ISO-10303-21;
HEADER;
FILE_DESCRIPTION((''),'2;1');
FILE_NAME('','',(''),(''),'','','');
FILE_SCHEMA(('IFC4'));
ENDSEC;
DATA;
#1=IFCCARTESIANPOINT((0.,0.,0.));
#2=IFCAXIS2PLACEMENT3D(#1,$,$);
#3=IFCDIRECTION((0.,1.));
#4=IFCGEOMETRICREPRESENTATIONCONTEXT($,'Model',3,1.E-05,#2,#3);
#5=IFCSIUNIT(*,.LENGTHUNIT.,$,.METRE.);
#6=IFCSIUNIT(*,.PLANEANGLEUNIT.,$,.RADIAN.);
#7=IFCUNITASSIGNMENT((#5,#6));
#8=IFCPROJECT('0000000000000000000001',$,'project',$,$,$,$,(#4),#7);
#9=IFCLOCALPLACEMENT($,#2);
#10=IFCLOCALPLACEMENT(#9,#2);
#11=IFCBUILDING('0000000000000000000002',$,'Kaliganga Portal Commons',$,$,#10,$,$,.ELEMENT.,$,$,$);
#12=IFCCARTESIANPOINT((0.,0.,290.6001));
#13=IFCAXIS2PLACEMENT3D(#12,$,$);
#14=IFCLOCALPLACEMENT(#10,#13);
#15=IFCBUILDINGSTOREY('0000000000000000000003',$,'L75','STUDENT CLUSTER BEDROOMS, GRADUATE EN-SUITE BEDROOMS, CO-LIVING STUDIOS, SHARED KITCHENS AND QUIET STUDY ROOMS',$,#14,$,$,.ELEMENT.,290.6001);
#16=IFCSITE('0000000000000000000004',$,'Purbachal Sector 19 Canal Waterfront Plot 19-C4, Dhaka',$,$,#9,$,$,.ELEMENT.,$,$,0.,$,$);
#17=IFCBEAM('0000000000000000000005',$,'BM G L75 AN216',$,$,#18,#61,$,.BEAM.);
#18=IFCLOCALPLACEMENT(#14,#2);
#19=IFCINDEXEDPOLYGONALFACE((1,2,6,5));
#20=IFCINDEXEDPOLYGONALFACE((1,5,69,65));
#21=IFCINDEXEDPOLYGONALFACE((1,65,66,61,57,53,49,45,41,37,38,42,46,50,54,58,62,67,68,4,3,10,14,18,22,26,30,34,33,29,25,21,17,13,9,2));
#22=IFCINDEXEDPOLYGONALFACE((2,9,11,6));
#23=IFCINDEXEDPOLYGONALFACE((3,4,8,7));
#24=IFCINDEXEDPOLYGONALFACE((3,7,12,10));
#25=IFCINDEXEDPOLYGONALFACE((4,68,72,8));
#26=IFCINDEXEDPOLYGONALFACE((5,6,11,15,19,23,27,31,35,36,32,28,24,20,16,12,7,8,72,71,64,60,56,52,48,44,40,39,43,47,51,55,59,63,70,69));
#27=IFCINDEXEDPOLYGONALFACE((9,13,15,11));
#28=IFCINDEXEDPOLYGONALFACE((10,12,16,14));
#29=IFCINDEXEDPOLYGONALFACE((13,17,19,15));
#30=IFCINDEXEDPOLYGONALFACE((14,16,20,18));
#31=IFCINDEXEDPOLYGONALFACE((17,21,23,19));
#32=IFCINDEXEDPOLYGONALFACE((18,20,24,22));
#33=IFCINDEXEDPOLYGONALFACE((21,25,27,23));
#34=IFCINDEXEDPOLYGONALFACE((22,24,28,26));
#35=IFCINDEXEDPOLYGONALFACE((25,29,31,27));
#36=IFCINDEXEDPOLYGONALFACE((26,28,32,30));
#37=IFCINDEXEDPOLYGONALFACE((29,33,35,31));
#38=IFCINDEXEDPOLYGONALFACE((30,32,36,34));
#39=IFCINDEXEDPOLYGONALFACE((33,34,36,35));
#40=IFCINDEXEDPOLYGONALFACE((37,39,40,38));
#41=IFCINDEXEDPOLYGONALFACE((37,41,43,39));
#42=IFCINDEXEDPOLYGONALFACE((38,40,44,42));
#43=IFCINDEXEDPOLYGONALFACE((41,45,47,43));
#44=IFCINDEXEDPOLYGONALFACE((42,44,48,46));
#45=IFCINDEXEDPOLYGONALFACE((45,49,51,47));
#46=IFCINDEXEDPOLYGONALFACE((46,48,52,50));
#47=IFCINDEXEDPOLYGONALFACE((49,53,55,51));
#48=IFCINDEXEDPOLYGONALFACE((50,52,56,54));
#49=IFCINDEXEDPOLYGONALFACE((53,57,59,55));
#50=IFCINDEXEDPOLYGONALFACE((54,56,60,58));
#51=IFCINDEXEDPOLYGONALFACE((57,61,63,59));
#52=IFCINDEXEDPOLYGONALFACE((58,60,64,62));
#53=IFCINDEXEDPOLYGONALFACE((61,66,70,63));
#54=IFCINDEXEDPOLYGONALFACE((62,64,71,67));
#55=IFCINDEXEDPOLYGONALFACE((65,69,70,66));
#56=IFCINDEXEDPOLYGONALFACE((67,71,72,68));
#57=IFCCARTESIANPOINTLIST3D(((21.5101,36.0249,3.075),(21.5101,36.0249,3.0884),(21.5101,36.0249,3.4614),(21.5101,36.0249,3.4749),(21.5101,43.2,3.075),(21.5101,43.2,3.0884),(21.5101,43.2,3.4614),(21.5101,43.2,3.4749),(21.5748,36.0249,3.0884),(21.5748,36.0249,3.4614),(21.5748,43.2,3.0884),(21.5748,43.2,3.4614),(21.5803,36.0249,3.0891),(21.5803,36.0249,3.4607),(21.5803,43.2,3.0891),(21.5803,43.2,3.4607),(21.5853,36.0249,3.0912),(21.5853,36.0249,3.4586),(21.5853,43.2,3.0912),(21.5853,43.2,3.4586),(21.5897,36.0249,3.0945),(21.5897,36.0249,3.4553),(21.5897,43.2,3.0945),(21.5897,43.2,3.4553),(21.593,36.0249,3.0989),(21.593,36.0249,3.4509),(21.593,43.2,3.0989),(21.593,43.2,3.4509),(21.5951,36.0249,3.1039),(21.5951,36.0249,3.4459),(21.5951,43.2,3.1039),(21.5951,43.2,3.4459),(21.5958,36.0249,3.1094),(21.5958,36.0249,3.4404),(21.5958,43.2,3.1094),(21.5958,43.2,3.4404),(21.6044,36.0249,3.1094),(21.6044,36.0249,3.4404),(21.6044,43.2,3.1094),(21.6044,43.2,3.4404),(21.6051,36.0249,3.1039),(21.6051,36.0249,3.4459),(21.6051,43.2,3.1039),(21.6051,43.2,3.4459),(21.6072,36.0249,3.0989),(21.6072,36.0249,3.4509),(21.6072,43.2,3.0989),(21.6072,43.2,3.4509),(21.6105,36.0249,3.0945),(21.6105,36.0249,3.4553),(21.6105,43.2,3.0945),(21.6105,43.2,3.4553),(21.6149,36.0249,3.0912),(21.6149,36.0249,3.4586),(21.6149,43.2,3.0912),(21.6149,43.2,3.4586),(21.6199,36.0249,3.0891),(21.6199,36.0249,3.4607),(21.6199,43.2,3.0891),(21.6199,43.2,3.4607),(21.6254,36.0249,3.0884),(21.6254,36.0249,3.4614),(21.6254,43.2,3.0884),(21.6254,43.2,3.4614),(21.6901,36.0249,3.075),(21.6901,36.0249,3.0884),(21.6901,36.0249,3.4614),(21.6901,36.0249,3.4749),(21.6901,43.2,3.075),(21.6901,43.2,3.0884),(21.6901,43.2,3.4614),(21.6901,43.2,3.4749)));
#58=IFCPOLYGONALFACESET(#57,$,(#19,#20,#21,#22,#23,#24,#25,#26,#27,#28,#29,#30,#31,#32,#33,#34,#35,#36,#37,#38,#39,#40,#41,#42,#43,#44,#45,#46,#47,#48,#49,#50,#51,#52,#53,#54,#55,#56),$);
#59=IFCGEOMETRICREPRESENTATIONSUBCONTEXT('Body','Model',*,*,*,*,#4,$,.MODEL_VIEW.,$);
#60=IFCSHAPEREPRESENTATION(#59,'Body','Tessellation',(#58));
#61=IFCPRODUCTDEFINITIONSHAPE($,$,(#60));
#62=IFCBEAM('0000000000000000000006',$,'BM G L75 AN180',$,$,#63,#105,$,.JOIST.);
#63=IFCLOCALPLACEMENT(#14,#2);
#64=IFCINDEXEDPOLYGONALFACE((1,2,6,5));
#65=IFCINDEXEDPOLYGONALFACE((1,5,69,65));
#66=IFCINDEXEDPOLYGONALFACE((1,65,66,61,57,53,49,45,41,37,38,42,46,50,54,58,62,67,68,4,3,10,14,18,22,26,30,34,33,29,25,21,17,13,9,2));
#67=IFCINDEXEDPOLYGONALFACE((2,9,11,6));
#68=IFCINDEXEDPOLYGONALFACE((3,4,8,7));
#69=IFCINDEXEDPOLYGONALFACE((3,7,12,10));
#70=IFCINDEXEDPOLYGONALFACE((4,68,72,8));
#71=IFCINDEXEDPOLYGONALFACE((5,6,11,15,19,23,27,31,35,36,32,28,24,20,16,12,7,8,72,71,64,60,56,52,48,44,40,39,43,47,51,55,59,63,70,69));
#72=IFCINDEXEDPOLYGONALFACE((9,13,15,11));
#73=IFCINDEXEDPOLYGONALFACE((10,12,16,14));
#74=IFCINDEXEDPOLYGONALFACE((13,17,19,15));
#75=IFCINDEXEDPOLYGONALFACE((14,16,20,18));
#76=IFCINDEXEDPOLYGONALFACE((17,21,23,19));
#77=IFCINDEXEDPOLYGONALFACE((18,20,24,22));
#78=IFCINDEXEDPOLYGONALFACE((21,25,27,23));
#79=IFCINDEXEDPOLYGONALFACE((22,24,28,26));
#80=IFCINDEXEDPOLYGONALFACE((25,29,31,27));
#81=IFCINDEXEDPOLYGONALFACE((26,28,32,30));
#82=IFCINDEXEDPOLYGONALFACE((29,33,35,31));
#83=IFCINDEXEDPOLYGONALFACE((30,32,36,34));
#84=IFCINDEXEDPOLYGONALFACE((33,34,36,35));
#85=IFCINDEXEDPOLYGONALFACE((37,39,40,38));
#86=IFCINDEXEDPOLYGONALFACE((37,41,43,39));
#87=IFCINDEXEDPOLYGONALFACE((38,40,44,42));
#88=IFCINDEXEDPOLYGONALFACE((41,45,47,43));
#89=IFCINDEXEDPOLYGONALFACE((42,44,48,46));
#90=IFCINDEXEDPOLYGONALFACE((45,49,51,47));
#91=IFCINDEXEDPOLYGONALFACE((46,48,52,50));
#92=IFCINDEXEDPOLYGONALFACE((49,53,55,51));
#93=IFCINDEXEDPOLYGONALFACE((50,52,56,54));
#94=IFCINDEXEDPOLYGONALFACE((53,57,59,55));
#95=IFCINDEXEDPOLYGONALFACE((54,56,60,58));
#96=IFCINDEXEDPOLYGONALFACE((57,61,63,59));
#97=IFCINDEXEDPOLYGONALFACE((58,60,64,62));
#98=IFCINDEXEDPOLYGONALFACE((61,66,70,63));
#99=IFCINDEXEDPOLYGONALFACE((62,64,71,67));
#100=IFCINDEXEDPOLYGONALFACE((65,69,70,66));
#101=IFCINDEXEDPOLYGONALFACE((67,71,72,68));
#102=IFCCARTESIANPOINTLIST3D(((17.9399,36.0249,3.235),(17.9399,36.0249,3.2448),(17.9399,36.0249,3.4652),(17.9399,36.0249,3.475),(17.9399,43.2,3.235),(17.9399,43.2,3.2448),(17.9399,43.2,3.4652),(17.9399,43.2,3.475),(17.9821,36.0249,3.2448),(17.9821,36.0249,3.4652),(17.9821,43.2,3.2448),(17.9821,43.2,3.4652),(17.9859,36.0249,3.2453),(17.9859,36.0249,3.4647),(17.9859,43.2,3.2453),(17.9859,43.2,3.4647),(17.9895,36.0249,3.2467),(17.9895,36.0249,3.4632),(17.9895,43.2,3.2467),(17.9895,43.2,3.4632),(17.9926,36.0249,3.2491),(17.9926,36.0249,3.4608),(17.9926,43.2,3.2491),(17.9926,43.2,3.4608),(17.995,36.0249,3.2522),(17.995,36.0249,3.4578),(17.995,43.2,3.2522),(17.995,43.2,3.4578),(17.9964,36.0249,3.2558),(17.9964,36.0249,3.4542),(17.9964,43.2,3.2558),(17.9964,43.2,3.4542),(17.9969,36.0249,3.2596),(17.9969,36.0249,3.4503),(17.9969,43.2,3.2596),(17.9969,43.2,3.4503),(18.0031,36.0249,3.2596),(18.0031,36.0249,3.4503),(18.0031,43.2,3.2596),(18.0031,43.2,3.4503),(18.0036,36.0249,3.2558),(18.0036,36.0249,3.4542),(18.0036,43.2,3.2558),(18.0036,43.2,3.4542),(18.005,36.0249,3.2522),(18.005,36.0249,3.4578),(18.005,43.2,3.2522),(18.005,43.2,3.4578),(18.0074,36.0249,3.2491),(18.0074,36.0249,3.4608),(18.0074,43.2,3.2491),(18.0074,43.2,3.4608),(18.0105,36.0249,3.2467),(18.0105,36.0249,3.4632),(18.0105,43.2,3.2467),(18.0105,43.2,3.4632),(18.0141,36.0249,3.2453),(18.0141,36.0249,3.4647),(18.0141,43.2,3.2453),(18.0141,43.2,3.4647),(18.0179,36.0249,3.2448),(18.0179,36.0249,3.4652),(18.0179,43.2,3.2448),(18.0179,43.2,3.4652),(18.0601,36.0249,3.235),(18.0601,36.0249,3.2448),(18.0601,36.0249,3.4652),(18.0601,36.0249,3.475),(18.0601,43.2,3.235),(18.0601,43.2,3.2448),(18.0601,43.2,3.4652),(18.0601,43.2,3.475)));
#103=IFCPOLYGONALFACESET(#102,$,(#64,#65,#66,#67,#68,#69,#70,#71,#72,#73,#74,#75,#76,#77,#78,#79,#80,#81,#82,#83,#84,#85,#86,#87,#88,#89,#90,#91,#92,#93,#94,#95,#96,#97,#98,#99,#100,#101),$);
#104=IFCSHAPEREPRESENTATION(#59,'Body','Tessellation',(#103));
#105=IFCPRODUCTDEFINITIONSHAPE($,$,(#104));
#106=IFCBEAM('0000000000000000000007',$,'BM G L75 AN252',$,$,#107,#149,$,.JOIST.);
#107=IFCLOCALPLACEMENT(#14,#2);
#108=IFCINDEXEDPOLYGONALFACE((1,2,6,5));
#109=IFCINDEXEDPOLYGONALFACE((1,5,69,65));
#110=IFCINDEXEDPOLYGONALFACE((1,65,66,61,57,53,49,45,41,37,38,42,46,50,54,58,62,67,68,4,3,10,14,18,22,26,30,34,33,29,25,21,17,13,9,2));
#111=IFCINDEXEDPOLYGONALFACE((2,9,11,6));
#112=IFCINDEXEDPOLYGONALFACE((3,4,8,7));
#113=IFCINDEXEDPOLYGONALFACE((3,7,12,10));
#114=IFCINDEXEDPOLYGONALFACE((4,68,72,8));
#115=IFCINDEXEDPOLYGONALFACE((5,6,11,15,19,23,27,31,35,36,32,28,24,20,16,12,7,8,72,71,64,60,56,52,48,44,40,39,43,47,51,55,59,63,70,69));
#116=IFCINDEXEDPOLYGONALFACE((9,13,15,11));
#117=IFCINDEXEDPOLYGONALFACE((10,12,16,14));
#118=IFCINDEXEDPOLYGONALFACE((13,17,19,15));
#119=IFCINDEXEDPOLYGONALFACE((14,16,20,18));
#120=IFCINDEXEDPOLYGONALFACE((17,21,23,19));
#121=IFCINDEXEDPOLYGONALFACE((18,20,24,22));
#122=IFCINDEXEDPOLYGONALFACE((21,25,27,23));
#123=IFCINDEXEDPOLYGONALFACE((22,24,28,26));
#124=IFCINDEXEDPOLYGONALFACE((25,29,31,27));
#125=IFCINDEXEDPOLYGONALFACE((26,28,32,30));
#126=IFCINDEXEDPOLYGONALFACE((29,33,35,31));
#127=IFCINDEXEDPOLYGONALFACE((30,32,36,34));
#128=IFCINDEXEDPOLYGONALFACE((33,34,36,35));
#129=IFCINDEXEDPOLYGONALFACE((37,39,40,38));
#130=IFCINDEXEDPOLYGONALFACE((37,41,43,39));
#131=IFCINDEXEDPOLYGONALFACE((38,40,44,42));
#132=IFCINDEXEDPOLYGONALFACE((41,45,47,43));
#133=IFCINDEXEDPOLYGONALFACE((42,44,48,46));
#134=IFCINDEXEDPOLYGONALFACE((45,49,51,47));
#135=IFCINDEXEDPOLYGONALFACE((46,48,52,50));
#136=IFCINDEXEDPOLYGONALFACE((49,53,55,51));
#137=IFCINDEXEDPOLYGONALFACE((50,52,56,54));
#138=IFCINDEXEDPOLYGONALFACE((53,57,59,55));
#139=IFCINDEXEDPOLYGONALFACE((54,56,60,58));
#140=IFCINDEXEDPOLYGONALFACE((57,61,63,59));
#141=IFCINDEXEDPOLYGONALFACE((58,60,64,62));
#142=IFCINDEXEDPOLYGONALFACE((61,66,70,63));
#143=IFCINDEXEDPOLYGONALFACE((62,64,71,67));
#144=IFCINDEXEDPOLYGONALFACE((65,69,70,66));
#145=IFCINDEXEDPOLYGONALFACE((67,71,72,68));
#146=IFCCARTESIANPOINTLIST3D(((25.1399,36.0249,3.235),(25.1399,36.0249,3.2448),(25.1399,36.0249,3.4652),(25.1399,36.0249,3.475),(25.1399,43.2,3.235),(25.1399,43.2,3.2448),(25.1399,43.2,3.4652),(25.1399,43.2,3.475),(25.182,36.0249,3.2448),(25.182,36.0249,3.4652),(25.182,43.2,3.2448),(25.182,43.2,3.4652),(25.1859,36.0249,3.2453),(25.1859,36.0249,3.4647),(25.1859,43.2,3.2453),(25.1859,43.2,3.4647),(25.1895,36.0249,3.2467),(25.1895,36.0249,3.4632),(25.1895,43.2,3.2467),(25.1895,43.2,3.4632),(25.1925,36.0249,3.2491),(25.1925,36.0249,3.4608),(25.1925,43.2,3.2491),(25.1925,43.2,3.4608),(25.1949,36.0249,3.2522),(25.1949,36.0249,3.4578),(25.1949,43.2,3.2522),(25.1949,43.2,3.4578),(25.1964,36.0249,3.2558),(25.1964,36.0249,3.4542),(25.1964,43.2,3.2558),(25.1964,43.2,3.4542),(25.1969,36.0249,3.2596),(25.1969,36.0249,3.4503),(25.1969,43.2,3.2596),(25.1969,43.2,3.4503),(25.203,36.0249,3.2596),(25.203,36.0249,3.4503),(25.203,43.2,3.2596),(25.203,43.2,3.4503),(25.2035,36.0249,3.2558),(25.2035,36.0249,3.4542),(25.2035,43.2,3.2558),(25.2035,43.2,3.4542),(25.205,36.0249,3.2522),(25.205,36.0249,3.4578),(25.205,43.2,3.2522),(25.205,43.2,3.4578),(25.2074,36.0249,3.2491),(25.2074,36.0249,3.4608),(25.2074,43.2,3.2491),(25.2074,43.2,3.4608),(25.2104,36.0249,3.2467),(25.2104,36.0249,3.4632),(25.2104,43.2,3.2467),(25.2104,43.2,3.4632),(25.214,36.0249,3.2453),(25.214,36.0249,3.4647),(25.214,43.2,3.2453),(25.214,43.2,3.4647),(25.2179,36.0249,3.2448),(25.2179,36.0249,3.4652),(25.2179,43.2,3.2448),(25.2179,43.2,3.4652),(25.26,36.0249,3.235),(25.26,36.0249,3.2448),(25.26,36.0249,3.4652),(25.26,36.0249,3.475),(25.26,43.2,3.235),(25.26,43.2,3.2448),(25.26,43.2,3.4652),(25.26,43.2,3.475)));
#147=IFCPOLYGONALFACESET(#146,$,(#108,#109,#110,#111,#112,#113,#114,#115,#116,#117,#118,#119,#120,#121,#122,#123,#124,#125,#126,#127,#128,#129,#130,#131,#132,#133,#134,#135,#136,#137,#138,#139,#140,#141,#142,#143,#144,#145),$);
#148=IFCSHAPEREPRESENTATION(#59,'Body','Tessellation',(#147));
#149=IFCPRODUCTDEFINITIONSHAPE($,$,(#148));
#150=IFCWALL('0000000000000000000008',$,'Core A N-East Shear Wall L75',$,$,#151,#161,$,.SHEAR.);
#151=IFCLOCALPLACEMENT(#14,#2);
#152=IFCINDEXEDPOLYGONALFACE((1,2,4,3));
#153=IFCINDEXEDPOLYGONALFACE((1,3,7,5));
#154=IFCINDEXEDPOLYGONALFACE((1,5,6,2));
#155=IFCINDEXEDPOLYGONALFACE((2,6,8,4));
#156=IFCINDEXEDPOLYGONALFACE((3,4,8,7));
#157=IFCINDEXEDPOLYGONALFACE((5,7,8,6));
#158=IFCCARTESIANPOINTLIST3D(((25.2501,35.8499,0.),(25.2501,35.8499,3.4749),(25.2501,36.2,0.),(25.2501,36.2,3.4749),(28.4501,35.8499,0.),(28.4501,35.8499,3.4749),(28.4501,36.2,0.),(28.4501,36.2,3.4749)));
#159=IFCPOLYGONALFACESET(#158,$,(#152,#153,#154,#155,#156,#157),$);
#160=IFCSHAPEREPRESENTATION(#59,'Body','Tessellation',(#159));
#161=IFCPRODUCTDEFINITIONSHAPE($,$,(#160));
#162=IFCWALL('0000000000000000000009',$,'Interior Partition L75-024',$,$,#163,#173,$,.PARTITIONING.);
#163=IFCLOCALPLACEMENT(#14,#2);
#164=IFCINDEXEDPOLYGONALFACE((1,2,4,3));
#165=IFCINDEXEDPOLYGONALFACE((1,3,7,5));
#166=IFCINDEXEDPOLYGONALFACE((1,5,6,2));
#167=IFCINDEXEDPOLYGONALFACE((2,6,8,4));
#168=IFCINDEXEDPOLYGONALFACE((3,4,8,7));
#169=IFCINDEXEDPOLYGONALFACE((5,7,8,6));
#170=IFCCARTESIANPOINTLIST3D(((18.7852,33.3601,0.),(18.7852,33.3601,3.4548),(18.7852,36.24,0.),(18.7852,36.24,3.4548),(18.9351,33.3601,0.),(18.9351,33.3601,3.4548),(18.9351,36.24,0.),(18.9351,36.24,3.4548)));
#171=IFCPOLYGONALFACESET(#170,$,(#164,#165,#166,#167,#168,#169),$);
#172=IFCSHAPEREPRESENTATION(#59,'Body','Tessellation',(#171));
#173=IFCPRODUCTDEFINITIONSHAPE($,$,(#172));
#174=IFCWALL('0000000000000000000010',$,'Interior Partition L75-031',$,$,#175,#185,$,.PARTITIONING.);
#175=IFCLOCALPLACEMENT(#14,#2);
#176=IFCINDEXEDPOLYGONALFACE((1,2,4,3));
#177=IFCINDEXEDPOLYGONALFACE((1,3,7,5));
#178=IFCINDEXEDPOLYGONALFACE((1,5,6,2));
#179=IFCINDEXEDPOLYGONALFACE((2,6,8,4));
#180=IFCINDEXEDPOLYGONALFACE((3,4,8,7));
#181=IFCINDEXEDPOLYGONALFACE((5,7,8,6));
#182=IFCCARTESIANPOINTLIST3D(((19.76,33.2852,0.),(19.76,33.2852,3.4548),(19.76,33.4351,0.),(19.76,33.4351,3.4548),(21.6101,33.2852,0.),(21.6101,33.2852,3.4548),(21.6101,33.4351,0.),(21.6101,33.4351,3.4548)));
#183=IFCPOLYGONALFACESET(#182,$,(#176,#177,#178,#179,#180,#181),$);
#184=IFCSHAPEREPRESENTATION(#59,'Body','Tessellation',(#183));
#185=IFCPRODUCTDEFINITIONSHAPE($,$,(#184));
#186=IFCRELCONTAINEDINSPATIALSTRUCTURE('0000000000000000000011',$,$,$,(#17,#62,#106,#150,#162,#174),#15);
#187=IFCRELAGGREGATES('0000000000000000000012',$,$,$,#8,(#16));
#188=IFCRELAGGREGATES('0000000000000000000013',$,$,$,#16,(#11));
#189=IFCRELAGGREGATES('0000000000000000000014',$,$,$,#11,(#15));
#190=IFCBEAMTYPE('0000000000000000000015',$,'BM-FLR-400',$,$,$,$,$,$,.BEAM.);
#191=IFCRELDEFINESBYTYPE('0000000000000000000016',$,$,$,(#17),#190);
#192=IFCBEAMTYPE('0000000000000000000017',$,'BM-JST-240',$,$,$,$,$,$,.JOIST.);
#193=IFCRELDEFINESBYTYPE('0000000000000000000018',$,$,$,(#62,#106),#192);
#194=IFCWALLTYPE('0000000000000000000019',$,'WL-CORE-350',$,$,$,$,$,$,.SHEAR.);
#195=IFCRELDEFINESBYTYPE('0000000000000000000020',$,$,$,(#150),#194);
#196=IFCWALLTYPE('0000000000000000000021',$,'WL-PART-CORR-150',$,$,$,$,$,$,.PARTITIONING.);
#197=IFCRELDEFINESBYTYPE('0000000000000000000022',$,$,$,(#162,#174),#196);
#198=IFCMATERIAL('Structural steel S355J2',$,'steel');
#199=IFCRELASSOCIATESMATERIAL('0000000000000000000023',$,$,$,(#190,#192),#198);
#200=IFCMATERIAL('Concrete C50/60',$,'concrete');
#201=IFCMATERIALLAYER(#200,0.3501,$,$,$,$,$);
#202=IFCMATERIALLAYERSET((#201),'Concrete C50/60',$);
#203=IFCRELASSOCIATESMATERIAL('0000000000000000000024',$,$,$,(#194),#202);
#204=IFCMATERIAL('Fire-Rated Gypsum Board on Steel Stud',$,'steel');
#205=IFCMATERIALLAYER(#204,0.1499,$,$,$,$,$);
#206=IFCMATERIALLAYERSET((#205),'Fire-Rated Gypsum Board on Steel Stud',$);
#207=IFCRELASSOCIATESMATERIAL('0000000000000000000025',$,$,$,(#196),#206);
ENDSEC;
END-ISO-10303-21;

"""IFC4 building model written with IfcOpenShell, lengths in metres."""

from ifc_helpers import new_model, si_unit, direction, frame, frame_2d, origin, origin_2d, place, context, subcontext, project, spatial, rectangle, i_section, extrude, source, transform, mapped, material, layer, layer_set, material_profile, profile_set, type_object, element, save


model = new_model("IFC4")

# Units and contexts
model_context = context("Model", 3, precision=1e-05, world=origin(), true_north=direction((0.0, 1.0)))
body_context = subcontext(model_context, "Body", "Model", "MODEL_VIEW")
ifc_project = project(units=[si_unit("LENGTHUNIT", "METRE"), si_unit("PLANEANGLEUNIT", "RADIAN")], contexts=[model_context])

# Site, building, storey
site_placement = place(None, origin())
site = spatial("IfcSite", under=ifc_project, at=site_placement, Name="Purbachal Sector 19 Canal Waterfront Plot 19-C4, Dhaka", CompositionType="ELEMENT", RefElevation=0.0)
building_placement = place(site_placement, origin())
building = spatial("IfcBuilding", under=site, at=building_placement, Name="Kaliganga Portal Commons", CompositionType="ELEMENT")
storey_placement = place(building_placement, frame((0.0, 0.0, 290.6001)))
storey = spatial("IfcBuildingStorey", under=building, at=storey_placement, Name="L75", Description="STUDENT CLUSTER BEDROOMS, GRADUATE EN-SUITE BEDROOMS, CO-LIVING STUDIOS, SHARED KITCHENS AND QUIET STUDY ROOMS", CompositionType="ELEMENT", Elevation=290.6001)

# Beams
ifc_material_1 = material(Name="Structural steel S355J2", Category="steel")
ifc_material_profile_1 = material_profile(ifc_material_1, i_section(OverallWidth=0.1799, OverallDepth=0.3999, WebThickness=0.0085, FlangeThickness=0.0134, FilletRadius=0.021, at=origin_2d()), Name="IPE 400")
ifc_profile_set_1 = profile_set([ifc_material_profile_1], Name="Structural steel S355J2 wide-flange")
beam_type_1 = type_object("IfcBeamType", Name="BM-FLR-400", PredefinedType="BEAM", material=ifc_profile_set_1)
shared_shape_1 = source(origin(), body_context, "Body", "SweptSolid", [
    extrude(i_section(OverallWidth=0.1799, OverallDepth=0.3999, WebThickness=0.0085, FlangeThickness=0.0134, FilletRadius=0.021, at=origin_2d()), origin(), (0.0, 0.0, 1.0), 7.175),
])
beam_placement = place(storey_placement, frame((21.6001, 36.0249, 3.2749), z_axis=(0.0, 1.0, 0.0), x_axis=(-1.0, 0.0, 0.0)))
element("IfcBeam", 1, at=beam_placement, inside=storey, type_object=beam_type_1, Name="BM G L75 AN216", PredefinedType="BEAM", context=body_context, shape_type="MappedRepresentation", body=[
    mapped(shared_shape_1, transform((0.0, 0.0, 0.0), x_axis=(1.0, 0.0, 0.0), y_axis=(0.0, 1.0, 0.0), z_axis=(0.0, 0.0, 1.0), scale=1.0)),
])
ifc_material_profile_2 = material_profile(ifc_material_1, i_section(OverallWidth=0.1201, OverallDepth=0.24, WebThickness=0.0061, FlangeThickness=0.0098, FilletRadius=0.0149, at=origin_2d()), Name="IPE 240")
ifc_profile_set_2 = profile_set([ifc_material_profile_2], Name="Structural steel S355J2 wide-flange")
beam_type_2 = type_object("IfcBeamType", Name="BM-JST-240", PredefinedType="JOIST", material=ifc_profile_set_2)
shared_shape_2 = source(origin(), body_context, "Body", "SweptSolid", [
    extrude(i_section(OverallWidth=0.1201, OverallDepth=0.24, WebThickness=0.0061, FlangeThickness=0.0098, FilletRadius=0.0149, at=origin_2d()), origin(), (0.0, 0.0, 1.0), 7.175),
])
for number, where, z_axis, x_axis, name in (
    (2, (18.0, 36.0249, 3.355), (0.0, 1.0, 0.0), (-1.0, 0.0, 0.0), "BM G L75 AN180"),
    (3, (25.2, 36.0249, 3.355), (0.0, 1.0, 0.0), (-1.0, 0.0, 0.0), "BM G L75 AN252"),
):
    element("IfcBeam", number, at=place(storey_placement, frame(where, z_axis=z_axis, x_axis=x_axis)), inside=storey, type_object=beam_type_2, Name=name, PredefinedType="JOIST", context=body_context, shape_type="MappedRepresentation", body=[
        mapped(shared_shape_2, transform((0.0, 0.0, 0.0), x_axis=(1.0, 0.0, 0.0), y_axis=(0.0, 1.0, 0.0), z_axis=(0.0, 0.0, 1.0), scale=1.0)),
    ])

# Walls
ifc_material_2 = material(Name="Concrete C50/60", Category="concrete")
ifc_layer_1 = layer(ifc_material_2, 0.3501)
ifc_layer_set_1 = layer_set([ifc_layer_1], Name="Concrete C50/60")
wall_type_1 = type_object("IfcWallType", Name="WL-CORE-350", PredefinedType="SHEAR", material=ifc_layer_set_1)
wall_1_placement = place(storey_placement, frame((25.25, 36.0249, 0.0), z_axis=(0.0, 0.0, 1.0), x_axis=(1.0, 0.0, 0.0)))
element("IfcWall", 4, at=wall_1_placement, inside=storey, type_object=wall_type_1, Name="Core A N-East Shear Wall L75", PredefinedType="SHEAR", context=body_context, shape_type="SweptSolid", body=[
    extrude(rectangle(XDim=3.2, YDim=0.3501, at=frame_2d((1.6001, 0.0))), origin(), (0.0, 0.0, 1.0), 3.4749),
])
ifc_material_3 = material(Name="Fire-Rated Gypsum Board on Steel Stud", Category="steel")
ifc_layer_2 = layer(ifc_material_3, 0.1499)
ifc_layer_set_2 = layer_set([ifc_layer_2], Name="Fire-Rated Gypsum Board on Steel Stud")
wall_type_2 = type_object("IfcWallType", Name="WL-PART-CORR-150", PredefinedType="PARTITIONING", material=ifc_layer_set_2)
wall_2_placement = place(storey_placement, frame((18.8601, 33.3601, 0.0), z_axis=(0.0, 0.0, 1.0), x_axis=(0.0, 1.0, 0.0)))
element("IfcWall", 5, at=wall_2_placement, inside=storey, type_object=wall_type_2, Name="Interior Partition L75-024", PredefinedType="PARTITIONING", context=body_context, shape_type="SweptSolid", body=[
    extrude(rectangle(XDim=2.8799, YDim=0.1499, at=frame_2d((1.4399, 0.0))), origin(), (0.0, 0.0, 1.0), 3.4548),
])
wall_3_placement = place(storey_placement, frame((19.76, 33.3601, 0.0), z_axis=(0.0, 0.0, 1.0), x_axis=(1.0, 0.0, 0.0)))
element("IfcWall", 6, at=wall_3_placement, inside=storey, type_object=wall_type_2, Name="Interior Partition L75-031", PredefinedType="PARTITIONING", context=body_context, shape_type="SweptSolid", body=[
    extrude(rectangle(XDim=1.8501, YDim=0.1499, at=frame_2d((0.925, 0.0))), origin(), (0.0, 0.0, 1.0), 3.4548),
])

save(model, "model.ifc")
